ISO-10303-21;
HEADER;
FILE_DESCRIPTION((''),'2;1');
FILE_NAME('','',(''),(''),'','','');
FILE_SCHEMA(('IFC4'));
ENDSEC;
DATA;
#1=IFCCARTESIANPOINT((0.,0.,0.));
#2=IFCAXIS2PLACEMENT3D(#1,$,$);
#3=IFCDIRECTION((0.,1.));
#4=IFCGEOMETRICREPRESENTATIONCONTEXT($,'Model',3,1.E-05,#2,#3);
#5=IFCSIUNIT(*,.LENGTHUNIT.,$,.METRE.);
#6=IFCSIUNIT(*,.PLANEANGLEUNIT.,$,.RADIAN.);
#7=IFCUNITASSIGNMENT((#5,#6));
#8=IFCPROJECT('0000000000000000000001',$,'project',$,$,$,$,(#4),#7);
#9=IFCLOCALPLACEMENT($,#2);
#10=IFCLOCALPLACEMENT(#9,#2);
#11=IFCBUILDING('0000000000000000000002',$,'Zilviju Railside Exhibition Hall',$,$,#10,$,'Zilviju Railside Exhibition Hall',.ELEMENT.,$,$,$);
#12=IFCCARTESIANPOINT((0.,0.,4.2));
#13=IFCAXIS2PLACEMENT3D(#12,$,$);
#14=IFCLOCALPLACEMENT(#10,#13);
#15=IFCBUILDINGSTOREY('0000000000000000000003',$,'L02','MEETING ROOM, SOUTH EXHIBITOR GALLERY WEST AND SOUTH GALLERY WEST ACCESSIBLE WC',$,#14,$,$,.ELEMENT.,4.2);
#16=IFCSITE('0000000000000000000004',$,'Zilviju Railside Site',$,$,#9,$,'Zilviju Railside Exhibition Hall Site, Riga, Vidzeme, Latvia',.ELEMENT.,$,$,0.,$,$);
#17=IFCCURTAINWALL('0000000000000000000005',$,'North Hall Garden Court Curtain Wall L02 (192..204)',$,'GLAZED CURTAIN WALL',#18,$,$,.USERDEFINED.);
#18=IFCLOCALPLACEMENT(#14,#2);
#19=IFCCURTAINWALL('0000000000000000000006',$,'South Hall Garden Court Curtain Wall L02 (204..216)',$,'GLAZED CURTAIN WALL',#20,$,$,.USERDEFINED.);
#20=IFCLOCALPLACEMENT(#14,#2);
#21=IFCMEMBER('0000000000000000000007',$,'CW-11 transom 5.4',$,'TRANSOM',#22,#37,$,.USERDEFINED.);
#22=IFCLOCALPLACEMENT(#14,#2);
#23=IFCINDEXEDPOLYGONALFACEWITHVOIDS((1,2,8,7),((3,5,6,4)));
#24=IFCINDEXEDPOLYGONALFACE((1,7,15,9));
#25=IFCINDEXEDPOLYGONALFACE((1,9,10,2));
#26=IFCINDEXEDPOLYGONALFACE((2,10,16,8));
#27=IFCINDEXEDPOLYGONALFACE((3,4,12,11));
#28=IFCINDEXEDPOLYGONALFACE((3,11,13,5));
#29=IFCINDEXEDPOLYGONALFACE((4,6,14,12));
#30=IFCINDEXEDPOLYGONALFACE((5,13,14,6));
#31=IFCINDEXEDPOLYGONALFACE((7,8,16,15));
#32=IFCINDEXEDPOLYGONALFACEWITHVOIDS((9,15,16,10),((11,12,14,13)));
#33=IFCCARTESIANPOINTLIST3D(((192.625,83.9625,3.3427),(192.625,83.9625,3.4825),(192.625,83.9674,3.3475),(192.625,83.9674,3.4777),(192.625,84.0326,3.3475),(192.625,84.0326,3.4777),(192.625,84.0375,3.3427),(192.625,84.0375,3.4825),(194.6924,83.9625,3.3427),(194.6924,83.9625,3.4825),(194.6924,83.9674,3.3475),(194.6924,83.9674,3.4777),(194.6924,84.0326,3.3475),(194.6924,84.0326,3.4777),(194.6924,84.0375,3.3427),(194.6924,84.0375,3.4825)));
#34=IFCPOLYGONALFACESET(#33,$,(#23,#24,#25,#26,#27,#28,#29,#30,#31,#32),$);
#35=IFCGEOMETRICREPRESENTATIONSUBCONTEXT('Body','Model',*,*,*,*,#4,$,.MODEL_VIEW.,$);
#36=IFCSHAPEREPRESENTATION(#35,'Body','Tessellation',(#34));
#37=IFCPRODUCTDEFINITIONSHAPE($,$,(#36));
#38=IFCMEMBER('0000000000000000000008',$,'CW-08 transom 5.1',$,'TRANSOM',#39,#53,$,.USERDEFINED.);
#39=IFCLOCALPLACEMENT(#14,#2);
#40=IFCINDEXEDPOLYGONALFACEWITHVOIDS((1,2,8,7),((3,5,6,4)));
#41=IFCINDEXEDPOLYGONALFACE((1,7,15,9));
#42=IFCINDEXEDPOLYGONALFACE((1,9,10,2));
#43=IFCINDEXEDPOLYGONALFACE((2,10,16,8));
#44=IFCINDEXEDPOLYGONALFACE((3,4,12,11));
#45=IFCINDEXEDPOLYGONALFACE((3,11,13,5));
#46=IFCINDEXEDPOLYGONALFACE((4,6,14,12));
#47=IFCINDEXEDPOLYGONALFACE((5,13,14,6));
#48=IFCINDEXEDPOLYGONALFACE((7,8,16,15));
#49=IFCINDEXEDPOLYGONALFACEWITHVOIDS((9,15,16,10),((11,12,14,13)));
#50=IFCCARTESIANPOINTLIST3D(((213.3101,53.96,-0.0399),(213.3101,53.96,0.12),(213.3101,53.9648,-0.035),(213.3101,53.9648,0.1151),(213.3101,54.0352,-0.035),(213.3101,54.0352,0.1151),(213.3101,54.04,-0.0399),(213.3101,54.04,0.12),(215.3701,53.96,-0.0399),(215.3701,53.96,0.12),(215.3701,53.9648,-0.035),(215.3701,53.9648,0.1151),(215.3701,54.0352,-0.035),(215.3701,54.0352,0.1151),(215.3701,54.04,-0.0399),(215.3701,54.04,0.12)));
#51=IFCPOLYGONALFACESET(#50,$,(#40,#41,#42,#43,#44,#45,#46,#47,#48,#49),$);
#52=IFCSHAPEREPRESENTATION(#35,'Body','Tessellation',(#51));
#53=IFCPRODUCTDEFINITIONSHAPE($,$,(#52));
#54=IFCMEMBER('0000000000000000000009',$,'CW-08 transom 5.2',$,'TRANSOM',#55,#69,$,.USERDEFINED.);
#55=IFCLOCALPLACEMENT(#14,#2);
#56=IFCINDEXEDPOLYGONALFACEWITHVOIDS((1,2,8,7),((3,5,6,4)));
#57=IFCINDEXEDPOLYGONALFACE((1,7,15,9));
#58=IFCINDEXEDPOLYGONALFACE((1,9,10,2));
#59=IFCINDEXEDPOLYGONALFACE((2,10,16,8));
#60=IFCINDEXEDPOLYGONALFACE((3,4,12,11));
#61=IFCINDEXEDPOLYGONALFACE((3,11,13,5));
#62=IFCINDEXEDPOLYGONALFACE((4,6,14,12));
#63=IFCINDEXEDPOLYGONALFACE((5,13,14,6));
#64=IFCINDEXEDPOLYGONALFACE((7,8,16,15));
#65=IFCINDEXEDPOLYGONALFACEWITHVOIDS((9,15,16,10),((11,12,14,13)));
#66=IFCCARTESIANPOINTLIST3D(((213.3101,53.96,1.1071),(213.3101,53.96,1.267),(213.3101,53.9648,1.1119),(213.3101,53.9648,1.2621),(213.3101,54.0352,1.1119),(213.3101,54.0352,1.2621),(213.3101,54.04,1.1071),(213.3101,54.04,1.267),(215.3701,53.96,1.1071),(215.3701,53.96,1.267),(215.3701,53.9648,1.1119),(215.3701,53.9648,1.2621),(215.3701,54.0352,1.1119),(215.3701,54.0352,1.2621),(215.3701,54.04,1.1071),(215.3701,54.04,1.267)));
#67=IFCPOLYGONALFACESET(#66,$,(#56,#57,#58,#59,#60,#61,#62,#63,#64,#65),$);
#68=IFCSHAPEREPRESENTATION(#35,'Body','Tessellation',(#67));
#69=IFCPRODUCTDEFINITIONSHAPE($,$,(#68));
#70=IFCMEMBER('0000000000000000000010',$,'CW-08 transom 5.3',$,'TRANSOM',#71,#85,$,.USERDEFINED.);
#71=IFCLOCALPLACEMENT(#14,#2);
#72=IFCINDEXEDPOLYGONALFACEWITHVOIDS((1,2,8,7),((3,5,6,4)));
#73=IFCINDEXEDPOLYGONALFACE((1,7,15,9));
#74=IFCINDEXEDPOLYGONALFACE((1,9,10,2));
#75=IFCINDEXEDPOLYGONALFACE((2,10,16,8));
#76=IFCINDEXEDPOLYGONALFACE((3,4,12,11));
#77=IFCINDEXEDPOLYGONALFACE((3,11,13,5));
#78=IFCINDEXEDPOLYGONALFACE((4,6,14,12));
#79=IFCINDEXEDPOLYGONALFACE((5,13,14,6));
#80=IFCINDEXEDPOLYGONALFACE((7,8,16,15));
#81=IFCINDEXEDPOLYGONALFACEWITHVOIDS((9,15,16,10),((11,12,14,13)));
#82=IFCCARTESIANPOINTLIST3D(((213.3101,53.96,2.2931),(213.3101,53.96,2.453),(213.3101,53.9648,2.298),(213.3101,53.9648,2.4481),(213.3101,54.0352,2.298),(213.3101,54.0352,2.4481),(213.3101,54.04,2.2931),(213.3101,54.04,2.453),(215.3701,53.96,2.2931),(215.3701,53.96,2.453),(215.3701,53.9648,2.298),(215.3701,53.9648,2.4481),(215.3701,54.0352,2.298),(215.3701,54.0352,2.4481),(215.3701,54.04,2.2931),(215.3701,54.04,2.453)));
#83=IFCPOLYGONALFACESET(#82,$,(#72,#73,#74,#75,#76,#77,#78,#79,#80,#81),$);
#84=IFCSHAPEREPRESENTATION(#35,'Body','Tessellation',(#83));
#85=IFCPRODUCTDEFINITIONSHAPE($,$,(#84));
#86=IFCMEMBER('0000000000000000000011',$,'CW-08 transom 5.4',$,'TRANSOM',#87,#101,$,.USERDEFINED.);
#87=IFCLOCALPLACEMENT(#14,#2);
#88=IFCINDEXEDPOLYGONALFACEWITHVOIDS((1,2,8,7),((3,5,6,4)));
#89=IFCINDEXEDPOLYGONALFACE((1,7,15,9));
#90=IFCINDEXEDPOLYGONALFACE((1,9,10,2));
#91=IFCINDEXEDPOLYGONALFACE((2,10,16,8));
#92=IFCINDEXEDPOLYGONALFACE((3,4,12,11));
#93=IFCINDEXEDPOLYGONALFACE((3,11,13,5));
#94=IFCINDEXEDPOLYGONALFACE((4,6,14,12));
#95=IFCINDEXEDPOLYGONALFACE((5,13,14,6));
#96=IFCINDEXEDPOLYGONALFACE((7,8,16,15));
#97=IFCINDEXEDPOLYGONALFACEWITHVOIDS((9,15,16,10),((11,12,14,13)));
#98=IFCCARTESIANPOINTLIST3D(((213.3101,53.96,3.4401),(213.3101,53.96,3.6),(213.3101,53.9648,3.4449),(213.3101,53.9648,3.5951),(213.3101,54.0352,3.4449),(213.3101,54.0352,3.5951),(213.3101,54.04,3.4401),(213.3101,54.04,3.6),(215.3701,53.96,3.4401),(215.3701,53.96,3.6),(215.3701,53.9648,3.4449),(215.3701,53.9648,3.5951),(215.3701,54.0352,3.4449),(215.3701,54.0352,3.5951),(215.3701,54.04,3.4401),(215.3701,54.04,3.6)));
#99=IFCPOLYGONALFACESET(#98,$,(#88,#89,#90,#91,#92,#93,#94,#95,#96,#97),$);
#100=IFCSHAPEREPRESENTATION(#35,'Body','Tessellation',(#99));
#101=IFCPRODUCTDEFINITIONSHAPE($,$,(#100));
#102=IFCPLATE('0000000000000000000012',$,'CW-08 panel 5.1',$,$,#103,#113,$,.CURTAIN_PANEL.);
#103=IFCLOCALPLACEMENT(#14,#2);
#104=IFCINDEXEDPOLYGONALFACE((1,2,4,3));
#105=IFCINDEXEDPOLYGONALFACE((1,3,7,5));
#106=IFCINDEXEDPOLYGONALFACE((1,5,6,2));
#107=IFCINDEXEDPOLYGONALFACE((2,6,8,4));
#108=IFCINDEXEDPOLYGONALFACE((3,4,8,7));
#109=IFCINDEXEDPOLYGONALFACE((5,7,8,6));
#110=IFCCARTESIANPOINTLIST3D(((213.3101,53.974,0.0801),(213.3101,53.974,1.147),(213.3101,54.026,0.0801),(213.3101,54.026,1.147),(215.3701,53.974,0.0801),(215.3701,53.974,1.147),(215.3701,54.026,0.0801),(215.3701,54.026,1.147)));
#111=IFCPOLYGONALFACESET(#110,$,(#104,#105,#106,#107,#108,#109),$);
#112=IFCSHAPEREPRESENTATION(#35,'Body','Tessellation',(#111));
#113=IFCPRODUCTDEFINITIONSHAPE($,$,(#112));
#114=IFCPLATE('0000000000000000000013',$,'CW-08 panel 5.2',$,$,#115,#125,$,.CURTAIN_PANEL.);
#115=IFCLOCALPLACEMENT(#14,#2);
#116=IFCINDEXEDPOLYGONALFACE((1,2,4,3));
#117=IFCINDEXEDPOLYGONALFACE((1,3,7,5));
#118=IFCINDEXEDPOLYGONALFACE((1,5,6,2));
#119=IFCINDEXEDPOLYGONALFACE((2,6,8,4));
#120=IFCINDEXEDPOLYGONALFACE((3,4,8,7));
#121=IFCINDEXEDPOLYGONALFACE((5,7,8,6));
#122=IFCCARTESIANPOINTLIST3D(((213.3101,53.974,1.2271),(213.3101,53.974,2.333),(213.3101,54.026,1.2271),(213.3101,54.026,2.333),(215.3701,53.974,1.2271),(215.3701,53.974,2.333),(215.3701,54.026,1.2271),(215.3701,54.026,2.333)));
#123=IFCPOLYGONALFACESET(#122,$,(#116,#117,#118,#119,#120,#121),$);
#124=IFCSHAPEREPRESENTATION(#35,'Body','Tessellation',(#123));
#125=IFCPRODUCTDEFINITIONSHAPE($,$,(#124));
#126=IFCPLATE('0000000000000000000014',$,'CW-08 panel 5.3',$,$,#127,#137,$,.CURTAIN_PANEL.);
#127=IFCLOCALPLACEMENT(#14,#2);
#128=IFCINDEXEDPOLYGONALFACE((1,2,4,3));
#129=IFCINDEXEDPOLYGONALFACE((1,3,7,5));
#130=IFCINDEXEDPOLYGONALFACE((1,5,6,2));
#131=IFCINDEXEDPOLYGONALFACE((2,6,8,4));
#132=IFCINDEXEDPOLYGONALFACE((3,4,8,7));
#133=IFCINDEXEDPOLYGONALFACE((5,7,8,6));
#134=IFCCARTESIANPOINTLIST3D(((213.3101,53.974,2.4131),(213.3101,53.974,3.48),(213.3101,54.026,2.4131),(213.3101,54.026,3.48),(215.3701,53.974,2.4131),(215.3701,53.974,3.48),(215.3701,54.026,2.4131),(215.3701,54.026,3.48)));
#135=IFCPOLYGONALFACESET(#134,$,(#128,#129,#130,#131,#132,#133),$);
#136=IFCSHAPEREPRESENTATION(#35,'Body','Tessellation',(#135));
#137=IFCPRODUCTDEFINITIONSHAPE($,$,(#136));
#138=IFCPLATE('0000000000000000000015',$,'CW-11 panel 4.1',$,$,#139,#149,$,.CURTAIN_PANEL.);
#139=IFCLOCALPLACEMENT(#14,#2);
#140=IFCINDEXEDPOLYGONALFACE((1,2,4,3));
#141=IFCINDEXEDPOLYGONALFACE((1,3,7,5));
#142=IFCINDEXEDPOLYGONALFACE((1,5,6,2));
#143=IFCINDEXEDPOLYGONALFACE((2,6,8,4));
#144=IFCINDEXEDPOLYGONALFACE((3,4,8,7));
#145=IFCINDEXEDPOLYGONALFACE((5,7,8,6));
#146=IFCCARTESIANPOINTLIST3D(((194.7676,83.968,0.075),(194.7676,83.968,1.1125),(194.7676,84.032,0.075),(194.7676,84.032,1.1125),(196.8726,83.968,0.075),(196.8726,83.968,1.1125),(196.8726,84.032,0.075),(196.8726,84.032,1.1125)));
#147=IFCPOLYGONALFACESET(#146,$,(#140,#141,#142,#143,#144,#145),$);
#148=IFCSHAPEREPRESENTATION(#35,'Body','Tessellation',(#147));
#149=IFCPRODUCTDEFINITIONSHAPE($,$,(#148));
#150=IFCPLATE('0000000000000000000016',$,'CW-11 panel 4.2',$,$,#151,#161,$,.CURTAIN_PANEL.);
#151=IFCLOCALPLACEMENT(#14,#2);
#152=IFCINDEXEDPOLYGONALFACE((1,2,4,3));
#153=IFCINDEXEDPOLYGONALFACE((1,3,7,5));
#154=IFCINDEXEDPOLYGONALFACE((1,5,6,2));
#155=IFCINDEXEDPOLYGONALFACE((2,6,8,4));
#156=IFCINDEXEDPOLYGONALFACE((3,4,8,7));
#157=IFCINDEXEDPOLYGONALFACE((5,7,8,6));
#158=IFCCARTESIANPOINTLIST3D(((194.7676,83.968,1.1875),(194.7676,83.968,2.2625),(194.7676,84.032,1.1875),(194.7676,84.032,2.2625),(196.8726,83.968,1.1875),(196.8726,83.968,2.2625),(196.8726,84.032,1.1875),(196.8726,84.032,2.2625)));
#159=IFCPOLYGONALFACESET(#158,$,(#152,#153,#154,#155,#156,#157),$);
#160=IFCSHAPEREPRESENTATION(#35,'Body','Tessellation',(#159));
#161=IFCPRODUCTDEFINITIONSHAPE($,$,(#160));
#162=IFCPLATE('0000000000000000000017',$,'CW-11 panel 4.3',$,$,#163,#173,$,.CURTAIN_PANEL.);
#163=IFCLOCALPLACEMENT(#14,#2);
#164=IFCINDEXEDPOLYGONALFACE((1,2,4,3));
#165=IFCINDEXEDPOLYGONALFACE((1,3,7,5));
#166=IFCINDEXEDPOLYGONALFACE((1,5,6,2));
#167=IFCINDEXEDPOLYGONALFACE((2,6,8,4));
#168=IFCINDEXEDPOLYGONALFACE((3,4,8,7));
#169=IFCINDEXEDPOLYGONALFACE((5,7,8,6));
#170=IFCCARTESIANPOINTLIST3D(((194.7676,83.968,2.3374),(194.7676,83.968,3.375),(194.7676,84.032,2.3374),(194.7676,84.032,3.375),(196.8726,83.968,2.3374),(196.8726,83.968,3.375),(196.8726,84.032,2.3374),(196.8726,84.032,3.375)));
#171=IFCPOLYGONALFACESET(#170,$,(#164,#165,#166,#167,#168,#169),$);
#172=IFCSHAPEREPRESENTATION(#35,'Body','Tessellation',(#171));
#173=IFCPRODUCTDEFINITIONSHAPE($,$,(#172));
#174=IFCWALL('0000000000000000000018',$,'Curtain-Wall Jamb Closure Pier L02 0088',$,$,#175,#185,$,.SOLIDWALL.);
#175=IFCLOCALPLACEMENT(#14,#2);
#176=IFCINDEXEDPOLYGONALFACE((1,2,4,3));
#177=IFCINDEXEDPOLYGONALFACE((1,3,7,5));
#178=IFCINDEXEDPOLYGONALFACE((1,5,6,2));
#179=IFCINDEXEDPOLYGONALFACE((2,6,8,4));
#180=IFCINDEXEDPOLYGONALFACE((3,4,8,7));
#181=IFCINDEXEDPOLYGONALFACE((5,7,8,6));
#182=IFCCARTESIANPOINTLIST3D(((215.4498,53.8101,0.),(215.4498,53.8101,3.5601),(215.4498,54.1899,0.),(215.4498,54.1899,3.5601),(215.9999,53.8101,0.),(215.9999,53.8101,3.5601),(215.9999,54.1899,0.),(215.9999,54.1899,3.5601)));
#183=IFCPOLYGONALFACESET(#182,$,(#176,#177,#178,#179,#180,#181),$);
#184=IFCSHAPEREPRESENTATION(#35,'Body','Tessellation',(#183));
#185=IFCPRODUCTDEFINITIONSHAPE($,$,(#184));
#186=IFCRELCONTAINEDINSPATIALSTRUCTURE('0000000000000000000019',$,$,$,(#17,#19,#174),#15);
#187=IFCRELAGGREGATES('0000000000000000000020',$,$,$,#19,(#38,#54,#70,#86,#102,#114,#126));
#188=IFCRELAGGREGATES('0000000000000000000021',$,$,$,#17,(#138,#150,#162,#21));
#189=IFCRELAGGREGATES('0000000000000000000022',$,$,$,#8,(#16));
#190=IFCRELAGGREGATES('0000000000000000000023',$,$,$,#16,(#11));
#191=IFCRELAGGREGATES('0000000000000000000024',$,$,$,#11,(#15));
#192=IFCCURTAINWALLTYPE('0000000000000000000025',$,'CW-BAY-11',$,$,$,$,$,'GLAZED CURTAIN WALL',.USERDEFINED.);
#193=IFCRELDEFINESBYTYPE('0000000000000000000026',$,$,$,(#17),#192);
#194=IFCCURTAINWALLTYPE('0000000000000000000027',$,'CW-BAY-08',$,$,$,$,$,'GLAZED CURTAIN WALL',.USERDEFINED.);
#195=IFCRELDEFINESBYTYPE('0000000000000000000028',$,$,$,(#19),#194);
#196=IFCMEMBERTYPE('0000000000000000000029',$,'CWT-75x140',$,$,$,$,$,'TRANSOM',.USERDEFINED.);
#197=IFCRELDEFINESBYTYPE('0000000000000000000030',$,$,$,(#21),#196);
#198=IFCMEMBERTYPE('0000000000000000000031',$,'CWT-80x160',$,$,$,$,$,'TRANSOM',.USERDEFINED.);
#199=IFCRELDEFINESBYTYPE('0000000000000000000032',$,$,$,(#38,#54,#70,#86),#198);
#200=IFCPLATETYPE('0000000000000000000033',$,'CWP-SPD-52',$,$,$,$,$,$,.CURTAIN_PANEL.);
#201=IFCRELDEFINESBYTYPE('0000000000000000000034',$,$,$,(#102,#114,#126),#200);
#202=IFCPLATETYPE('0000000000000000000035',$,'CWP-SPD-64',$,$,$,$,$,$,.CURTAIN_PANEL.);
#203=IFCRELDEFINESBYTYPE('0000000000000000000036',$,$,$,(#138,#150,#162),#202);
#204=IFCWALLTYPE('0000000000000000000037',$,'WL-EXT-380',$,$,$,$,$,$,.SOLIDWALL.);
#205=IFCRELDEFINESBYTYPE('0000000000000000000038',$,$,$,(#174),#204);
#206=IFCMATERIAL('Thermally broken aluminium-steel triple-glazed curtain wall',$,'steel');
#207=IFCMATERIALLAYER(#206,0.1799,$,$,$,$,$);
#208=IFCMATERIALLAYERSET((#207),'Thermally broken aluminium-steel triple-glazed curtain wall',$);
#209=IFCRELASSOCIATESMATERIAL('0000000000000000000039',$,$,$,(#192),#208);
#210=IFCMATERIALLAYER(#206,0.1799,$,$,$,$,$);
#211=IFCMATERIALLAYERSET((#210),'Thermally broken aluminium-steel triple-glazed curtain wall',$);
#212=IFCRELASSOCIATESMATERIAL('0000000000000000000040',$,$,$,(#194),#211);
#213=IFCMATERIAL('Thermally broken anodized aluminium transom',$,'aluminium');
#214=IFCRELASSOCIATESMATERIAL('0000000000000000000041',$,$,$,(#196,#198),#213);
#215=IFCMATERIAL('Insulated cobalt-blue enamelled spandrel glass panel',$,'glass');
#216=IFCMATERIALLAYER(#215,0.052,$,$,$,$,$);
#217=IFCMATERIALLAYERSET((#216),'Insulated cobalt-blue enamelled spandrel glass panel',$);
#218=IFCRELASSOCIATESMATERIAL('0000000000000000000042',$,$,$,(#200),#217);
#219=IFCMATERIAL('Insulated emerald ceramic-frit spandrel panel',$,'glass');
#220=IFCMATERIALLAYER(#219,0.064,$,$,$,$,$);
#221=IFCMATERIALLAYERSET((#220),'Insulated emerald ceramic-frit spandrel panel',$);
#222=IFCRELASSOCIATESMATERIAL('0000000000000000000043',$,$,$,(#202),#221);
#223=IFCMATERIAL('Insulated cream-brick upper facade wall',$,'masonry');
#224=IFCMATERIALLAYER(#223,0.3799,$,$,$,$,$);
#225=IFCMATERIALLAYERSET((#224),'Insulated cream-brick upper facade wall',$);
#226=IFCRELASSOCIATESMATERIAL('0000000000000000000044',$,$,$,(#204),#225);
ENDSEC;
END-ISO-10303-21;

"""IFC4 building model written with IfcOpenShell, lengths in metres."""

from ifc_helpers import new_model, si_unit, direction, frame, frame_2d, origin, origin_2d, place, context, subcontext, project, spatial, rectangle, hollow_rectangle, extrude, material, layer, layer_set, material_profile, profile_set, type_object, element, aggregate, save


model = new_model("IFC4")

# Units and contexts
model_context = context("Model", 3, precision=1e-05, world=origin(), true_north=direction((0.0, 1.0)))
body_context = subcontext(model_context, "Body", "Model", "MODEL_VIEW")
ifc_project = project(units=[si_unit("LENGTHUNIT", "METRE"), si_unit("PLANEANGLEUNIT", "RADIAN")], contexts=[model_context])

# Site, building, storey
site_placement = place(None, origin())
site = spatial("IfcSite", under=ifc_project, at=site_placement, Name="Zilviju Railside Site", LongName="Zilviju Railside Exhibition Hall Site, Riga, Vidzeme, Latvia", CompositionType="ELEMENT", RefElevation=0.0)
building_placement = place(site_placement, origin())
building = spatial("IfcBuilding", under=site, at=building_placement, Name="Zilviju Railside Exhibition Hall", LongName="Zilviju Railside Exhibition Hall", CompositionType="ELEMENT")
storey_placement = place(building_placement, frame((0.0, 0.0, 4.2)))
storey = spatial("IfcBuildingStorey", under=building, at=storey_placement, Name="L02", Description="MEETING ROOM, SOUTH EXHIBITOR GALLERY WEST AND SOUTH GALLERY WEST ACCESSIBLE WC", CompositionType="ELEMENT", Elevation=4.2)

# Curtain walls
ifc_material_1 = material(Name="Thermally broken aluminium-steel triple-glazed curtain wall", Category="steel")
ifc_layer_1 = layer(ifc_material_1, 0.1799)
ifc_layer_set_1 = layer_set([ifc_layer_1], Name="Thermally broken aluminium-steel triple-glazed curtain wall")
curtain_wall_type_1 = type_object("IfcCurtainWallType", Name="CW-BAY-11", ElementType="GLAZED CURTAIN WALL", PredefinedType="USERDEFINED", material=ifc_layer_set_1)
curtain_wall_1_placement = place(storey_placement, origin())
curtain_wall_1 = element("IfcCurtainWall", 1, at=curtain_wall_1_placement, inside=storey, type_object=curtain_wall_type_1, Name="North Hall Garden Court Curtain Wall L02 (192..204)", ObjectType="GLAZED CURTAIN WALL", PredefinedType="USERDEFINED")
ifc_layer_2 = layer(ifc_material_1, 0.1799)
ifc_layer_set_2 = layer_set([ifc_layer_2], Name="Thermally broken aluminium-steel triple-glazed curtain wall")
curtain_wall_type_2 = type_object("IfcCurtainWallType", Name="CW-BAY-08", ElementType="GLAZED CURTAIN WALL", PredefinedType="USERDEFINED", material=ifc_layer_set_2)
curtain_wall_2_placement = place(storey_placement, origin())
curtain_wall_2 = element("IfcCurtainWall", 2, at=curtain_wall_2_placement, inside=storey, type_object=curtain_wall_type_2, Name="South Hall Garden Court Curtain Wall L02 (204..216)", ObjectType="GLAZED CURTAIN WALL", PredefinedType="USERDEFINED")

# Members
ifc_material_2 = material(Name="Thermally broken anodized aluminium transom", Category="aluminium")
ifc_material_profile_1 = material_profile(ifc_material_2, hollow_rectangle(XDim=0.075, YDim=0.1399, WallThickness=0.0049, at=origin_2d()), Name="TRANSOM 140x75x5")
ifc_profile_set_1 = profile_set([ifc_material_profile_1], Name="Thermally broken anodized aluminium transom")
member_type_1 = type_object("IfcMemberType", Name="CWT-75x140", ElementType="TRANSOM", PredefinedType="USERDEFINED", material=ifc_profile_set_1)
member_1_placement = place(storey_placement, frame((194.6924, 84.0, 3.4126), z_axis=(-1.0, 0.0, 0.0), x_axis=(0.0, -1.0, 0.0)))
member_1 = element("IfcMember", 3, at=member_1_placement, type_object=member_type_1, Name="CW-11 transom 5.4", ObjectType="TRANSOM", PredefinedType="USERDEFINED", context=body_context, shape_type="SweptSolid", body=[
    extrude(hollow_rectangle(XDim=0.075, YDim=0.1399, WallThickness=0.0049, at=origin_2d()), origin(), (0.0, 0.0, 1.0), 2.0674),
])
ifc_material_profile_2 = material_profile(ifc_material_2, hollow_rectangle(XDim=0.0801, YDim=0.1599, WallThickness=0.0049, at=origin_2d()), Name="TRANSOM 160x80x5")
ifc_profile_set_2 = profile_set([ifc_material_profile_2], Name="Thermally broken anodized aluminium transom")
member_type_2 = type_object("IfcMemberType", Name="CWT-80x160", ElementType="TRANSOM", PredefinedType="USERDEFINED", material=ifc_profile_set_2)
member_2_placement = place(storey_placement, frame((213.3101, 54.0, 0.04), z_axis=(1.0, 0.0, 0.0), x_axis=(0.0, 1.0, 0.0)))
member_2 = element("IfcMember", 4, at=member_2_placement, type_object=member_type_2, Name="CW-08 transom 5.1", ObjectType="TRANSOM", PredefinedType="USERDEFINED", context=body_context, shape_type="SweptSolid", body=[
    extrude(hollow_rectangle(XDim=0.0801, YDim=0.1599, WallThickness=0.0049, at=origin_2d()), origin(), (0.0, 0.0, 1.0), 2.0601),
])
member_3_placement = place(storey_placement, frame((213.3101, 54.0, 1.187), z_axis=(1.0, 0.0, 0.0), x_axis=(0.0, 1.0, 0.0)))
member_3 = element("IfcMember", 5, at=member_3_placement, type_object=member_type_2, Name="CW-08 transom 5.2", ObjectType="TRANSOM", PredefinedType="USERDEFINED", context=body_context, shape_type="SweptSolid", body=[
    extrude(hollow_rectangle(XDim=0.0801, YDim=0.1599, WallThickness=0.0049, at=origin_2d()), origin(), (0.0, 0.0, 1.0), 2.0601),
])
member_4_placement = place(storey_placement, frame((213.3101, 54.0, 2.373), z_axis=(1.0, 0.0, 0.0), x_axis=(0.0, 1.0, 0.0)))
member_4 = element("IfcMember", 6, at=member_4_placement, type_object=member_type_2, Name="CW-08 transom 5.3", ObjectType="TRANSOM", PredefinedType="USERDEFINED", context=body_context, shape_type="SweptSolid", body=[
    extrude(hollow_rectangle(XDim=0.0801, YDim=0.1599, WallThickness=0.0049, at=origin_2d()), origin(), (0.0, 0.0, 1.0), 2.0601),
])
member_5_placement = place(storey_placement, frame((213.3101, 54.0, 3.52), z_axis=(1.0, 0.0, 0.0), x_axis=(0.0, 1.0, 0.0)))
member_5 = element("IfcMember", 7, at=member_5_placement, type_object=member_type_2, Name="CW-08 transom 5.4", ObjectType="TRANSOM", PredefinedType="USERDEFINED", context=body_context, shape_type="SweptSolid", body=[
    extrude(hollow_rectangle(XDim=0.0801, YDim=0.1599, WallThickness=0.0049, at=origin_2d()), origin(), (0.0, 0.0, 1.0), 2.0601),
])

# Plates
ifc_material_3 = material(Name="Insulated cobalt-blue enamelled spandrel glass panel", Category="glass")
ifc_layer_3 = layer(ifc_material_3, 0.052)
ifc_layer_set_3 = layer_set([ifc_layer_3], Name="Insulated cobalt-blue enamelled spandrel glass panel")
plate_type_1 = type_object("IfcPlateType", Name="CWP-SPD-52", PredefinedType="CURTAIN_PANEL", material=ifc_layer_set_3)
plate_1_placement = place(storey_placement, frame((214.3401, 54.0, 0.0801), z_axis=(0.0, 0.0, 1.0), x_axis=(1.0, 0.0, 0.0)))
plate_1 = element("IfcPlate", 8, at=plate_1_placement, type_object=plate_type_1, Name="CW-08 panel 5.1", PredefinedType="CURTAIN_PANEL", context=body_context, shape_type="SweptSolid", body=[
    extrude(rectangle(XDim=2.0601, YDim=0.052, at=origin_2d()), origin(), (0.0, 0.0, 1.0), 1.0669),
])
plate_2_placement = place(storey_placement, frame((214.3401, 54.0, 1.2271), z_axis=(0.0, 0.0, 1.0), x_axis=(1.0, 0.0, 0.0)))
plate_2 = element("IfcPlate", 9, at=plate_2_placement, type_object=plate_type_1, Name="CW-08 panel 5.2", PredefinedType="CURTAIN_PANEL", context=body_context, shape_type="SweptSolid", body=[
    extrude(rectangle(XDim=2.0601, YDim=0.052, at=origin_2d()), origin(), (0.0, 0.0, 1.0), 1.106),
])
plate_3_placement = place(storey_placement, frame((214.3401, 54.0, 2.4131), z_axis=(0.0, 0.0, 1.0), x_axis=(1.0, 0.0, 0.0)))
plate_3 = element("IfcPlate", 10, at=plate_3_placement, type_object=plate_type_1, Name="CW-08 panel 5.3", PredefinedType="CURTAIN_PANEL", context=body_context, shape_type="SweptSolid", body=[
    extrude(rectangle(XDim=2.0601, YDim=0.052, at=origin_2d()), origin(), (0.0, 0.0, 1.0), 1.0669),
])
aggregate(curtain_wall_2, [member_2, member_3, member_4, member_5, plate_1, plate_2, plate_3])
ifc_material_4 = material(Name="Insulated emerald ceramic-frit spandrel panel", Category="glass")
ifc_layer_4 = layer(ifc_material_4, 0.064)
ifc_layer_set_4 = layer_set([ifc_layer_4], Name="Insulated emerald ceramic-frit spandrel panel")
plate_type_2 = type_object("IfcPlateType", Name="CWP-SPD-64", PredefinedType="CURTAIN_PANEL", material=ifc_layer_set_4)
plate_4_placement = place(storey_placement, frame((195.8201, 84.0, 0.075), z_axis=(0.0, 0.0, 1.0), x_axis=(-1.0, 0.0, 0.0)))
plate_4 = element("IfcPlate", 11, at=plate_4_placement, type_object=plate_type_2, Name="CW-11 panel 4.1", PredefinedType="CURTAIN_PANEL", context=body_context, shape_type="SweptSolid", body=[
    extrude(rectangle(XDim=2.105, YDim=0.064, at=origin_2d()), origin(), (0.0, 0.0, 1.0), 1.0376),
])
plate_5_placement = place(storey_placement, frame((195.8201, 84.0, 1.1875), z_axis=(0.0, 0.0, 1.0), x_axis=(-1.0, 0.0, 0.0)))
plate_5 = element("IfcPlate", 12, at=plate_5_placement, type_object=plate_type_2, Name="CW-11 panel 4.2", PredefinedType="CURTAIN_PANEL", context=body_context, shape_type="SweptSolid", body=[
    extrude(rectangle(XDim=2.105, YDim=0.064, at=origin_2d()), origin(), (0.0, 0.0, 1.0), 1.075),
])
plate_6_placement = place(storey_placement, frame((195.8201, 84.0, 2.3374), z_axis=(0.0, 0.0, 1.0), x_axis=(-1.0, 0.0, 0.0)))
plate_6 = element("IfcPlate", 13, at=plate_6_placement, type_object=plate_type_2, Name="CW-11 panel 4.3", PredefinedType="CURTAIN_PANEL", context=body_context, shape_type="SweptSolid", body=[
    extrude(rectangle(XDim=2.105, YDim=0.064, at=origin_2d()), origin(), (0.0, 0.0, 1.0), 1.0376),
])
aggregate(curtain_wall_1, [plate_4, plate_5, plate_6, member_1])

# Wall
ifc_material_5 = material(Name="Insulated cream-brick upper facade wall", Category="masonry")
ifc_layer_5 = layer(ifc_material_5, 0.3799)
ifc_layer_set_5 = layer_set([ifc_layer_5], Name="Insulated cream-brick upper facade wall")
wall_type = type_object("IfcWallType", Name="WL-EXT-380", PredefinedType="SOLIDWALL", material=ifc_layer_set_5)
wall_placement = place(storey_placement, frame((215.45, 54.0, 0.0), z_axis=(0.0, 0.0, 1.0), x_axis=(1.0, 0.0, 0.0)))
element("IfcWall", 14, at=wall_placement, inside=storey, type_object=wall_type, Name="Curtain-Wall Jamb Closure Pier L02 0088", PredefinedType="SOLIDWALL", context=body_context, shape_type="SweptSolid", body=[
    extrude(rectangle(XDim=0.55, YDim=0.3799, at=frame_2d((0.2749, 0.0))), origin(), (0.0, 0.0, 1.0), 3.5601),
])

save(model, "model.ifc")
